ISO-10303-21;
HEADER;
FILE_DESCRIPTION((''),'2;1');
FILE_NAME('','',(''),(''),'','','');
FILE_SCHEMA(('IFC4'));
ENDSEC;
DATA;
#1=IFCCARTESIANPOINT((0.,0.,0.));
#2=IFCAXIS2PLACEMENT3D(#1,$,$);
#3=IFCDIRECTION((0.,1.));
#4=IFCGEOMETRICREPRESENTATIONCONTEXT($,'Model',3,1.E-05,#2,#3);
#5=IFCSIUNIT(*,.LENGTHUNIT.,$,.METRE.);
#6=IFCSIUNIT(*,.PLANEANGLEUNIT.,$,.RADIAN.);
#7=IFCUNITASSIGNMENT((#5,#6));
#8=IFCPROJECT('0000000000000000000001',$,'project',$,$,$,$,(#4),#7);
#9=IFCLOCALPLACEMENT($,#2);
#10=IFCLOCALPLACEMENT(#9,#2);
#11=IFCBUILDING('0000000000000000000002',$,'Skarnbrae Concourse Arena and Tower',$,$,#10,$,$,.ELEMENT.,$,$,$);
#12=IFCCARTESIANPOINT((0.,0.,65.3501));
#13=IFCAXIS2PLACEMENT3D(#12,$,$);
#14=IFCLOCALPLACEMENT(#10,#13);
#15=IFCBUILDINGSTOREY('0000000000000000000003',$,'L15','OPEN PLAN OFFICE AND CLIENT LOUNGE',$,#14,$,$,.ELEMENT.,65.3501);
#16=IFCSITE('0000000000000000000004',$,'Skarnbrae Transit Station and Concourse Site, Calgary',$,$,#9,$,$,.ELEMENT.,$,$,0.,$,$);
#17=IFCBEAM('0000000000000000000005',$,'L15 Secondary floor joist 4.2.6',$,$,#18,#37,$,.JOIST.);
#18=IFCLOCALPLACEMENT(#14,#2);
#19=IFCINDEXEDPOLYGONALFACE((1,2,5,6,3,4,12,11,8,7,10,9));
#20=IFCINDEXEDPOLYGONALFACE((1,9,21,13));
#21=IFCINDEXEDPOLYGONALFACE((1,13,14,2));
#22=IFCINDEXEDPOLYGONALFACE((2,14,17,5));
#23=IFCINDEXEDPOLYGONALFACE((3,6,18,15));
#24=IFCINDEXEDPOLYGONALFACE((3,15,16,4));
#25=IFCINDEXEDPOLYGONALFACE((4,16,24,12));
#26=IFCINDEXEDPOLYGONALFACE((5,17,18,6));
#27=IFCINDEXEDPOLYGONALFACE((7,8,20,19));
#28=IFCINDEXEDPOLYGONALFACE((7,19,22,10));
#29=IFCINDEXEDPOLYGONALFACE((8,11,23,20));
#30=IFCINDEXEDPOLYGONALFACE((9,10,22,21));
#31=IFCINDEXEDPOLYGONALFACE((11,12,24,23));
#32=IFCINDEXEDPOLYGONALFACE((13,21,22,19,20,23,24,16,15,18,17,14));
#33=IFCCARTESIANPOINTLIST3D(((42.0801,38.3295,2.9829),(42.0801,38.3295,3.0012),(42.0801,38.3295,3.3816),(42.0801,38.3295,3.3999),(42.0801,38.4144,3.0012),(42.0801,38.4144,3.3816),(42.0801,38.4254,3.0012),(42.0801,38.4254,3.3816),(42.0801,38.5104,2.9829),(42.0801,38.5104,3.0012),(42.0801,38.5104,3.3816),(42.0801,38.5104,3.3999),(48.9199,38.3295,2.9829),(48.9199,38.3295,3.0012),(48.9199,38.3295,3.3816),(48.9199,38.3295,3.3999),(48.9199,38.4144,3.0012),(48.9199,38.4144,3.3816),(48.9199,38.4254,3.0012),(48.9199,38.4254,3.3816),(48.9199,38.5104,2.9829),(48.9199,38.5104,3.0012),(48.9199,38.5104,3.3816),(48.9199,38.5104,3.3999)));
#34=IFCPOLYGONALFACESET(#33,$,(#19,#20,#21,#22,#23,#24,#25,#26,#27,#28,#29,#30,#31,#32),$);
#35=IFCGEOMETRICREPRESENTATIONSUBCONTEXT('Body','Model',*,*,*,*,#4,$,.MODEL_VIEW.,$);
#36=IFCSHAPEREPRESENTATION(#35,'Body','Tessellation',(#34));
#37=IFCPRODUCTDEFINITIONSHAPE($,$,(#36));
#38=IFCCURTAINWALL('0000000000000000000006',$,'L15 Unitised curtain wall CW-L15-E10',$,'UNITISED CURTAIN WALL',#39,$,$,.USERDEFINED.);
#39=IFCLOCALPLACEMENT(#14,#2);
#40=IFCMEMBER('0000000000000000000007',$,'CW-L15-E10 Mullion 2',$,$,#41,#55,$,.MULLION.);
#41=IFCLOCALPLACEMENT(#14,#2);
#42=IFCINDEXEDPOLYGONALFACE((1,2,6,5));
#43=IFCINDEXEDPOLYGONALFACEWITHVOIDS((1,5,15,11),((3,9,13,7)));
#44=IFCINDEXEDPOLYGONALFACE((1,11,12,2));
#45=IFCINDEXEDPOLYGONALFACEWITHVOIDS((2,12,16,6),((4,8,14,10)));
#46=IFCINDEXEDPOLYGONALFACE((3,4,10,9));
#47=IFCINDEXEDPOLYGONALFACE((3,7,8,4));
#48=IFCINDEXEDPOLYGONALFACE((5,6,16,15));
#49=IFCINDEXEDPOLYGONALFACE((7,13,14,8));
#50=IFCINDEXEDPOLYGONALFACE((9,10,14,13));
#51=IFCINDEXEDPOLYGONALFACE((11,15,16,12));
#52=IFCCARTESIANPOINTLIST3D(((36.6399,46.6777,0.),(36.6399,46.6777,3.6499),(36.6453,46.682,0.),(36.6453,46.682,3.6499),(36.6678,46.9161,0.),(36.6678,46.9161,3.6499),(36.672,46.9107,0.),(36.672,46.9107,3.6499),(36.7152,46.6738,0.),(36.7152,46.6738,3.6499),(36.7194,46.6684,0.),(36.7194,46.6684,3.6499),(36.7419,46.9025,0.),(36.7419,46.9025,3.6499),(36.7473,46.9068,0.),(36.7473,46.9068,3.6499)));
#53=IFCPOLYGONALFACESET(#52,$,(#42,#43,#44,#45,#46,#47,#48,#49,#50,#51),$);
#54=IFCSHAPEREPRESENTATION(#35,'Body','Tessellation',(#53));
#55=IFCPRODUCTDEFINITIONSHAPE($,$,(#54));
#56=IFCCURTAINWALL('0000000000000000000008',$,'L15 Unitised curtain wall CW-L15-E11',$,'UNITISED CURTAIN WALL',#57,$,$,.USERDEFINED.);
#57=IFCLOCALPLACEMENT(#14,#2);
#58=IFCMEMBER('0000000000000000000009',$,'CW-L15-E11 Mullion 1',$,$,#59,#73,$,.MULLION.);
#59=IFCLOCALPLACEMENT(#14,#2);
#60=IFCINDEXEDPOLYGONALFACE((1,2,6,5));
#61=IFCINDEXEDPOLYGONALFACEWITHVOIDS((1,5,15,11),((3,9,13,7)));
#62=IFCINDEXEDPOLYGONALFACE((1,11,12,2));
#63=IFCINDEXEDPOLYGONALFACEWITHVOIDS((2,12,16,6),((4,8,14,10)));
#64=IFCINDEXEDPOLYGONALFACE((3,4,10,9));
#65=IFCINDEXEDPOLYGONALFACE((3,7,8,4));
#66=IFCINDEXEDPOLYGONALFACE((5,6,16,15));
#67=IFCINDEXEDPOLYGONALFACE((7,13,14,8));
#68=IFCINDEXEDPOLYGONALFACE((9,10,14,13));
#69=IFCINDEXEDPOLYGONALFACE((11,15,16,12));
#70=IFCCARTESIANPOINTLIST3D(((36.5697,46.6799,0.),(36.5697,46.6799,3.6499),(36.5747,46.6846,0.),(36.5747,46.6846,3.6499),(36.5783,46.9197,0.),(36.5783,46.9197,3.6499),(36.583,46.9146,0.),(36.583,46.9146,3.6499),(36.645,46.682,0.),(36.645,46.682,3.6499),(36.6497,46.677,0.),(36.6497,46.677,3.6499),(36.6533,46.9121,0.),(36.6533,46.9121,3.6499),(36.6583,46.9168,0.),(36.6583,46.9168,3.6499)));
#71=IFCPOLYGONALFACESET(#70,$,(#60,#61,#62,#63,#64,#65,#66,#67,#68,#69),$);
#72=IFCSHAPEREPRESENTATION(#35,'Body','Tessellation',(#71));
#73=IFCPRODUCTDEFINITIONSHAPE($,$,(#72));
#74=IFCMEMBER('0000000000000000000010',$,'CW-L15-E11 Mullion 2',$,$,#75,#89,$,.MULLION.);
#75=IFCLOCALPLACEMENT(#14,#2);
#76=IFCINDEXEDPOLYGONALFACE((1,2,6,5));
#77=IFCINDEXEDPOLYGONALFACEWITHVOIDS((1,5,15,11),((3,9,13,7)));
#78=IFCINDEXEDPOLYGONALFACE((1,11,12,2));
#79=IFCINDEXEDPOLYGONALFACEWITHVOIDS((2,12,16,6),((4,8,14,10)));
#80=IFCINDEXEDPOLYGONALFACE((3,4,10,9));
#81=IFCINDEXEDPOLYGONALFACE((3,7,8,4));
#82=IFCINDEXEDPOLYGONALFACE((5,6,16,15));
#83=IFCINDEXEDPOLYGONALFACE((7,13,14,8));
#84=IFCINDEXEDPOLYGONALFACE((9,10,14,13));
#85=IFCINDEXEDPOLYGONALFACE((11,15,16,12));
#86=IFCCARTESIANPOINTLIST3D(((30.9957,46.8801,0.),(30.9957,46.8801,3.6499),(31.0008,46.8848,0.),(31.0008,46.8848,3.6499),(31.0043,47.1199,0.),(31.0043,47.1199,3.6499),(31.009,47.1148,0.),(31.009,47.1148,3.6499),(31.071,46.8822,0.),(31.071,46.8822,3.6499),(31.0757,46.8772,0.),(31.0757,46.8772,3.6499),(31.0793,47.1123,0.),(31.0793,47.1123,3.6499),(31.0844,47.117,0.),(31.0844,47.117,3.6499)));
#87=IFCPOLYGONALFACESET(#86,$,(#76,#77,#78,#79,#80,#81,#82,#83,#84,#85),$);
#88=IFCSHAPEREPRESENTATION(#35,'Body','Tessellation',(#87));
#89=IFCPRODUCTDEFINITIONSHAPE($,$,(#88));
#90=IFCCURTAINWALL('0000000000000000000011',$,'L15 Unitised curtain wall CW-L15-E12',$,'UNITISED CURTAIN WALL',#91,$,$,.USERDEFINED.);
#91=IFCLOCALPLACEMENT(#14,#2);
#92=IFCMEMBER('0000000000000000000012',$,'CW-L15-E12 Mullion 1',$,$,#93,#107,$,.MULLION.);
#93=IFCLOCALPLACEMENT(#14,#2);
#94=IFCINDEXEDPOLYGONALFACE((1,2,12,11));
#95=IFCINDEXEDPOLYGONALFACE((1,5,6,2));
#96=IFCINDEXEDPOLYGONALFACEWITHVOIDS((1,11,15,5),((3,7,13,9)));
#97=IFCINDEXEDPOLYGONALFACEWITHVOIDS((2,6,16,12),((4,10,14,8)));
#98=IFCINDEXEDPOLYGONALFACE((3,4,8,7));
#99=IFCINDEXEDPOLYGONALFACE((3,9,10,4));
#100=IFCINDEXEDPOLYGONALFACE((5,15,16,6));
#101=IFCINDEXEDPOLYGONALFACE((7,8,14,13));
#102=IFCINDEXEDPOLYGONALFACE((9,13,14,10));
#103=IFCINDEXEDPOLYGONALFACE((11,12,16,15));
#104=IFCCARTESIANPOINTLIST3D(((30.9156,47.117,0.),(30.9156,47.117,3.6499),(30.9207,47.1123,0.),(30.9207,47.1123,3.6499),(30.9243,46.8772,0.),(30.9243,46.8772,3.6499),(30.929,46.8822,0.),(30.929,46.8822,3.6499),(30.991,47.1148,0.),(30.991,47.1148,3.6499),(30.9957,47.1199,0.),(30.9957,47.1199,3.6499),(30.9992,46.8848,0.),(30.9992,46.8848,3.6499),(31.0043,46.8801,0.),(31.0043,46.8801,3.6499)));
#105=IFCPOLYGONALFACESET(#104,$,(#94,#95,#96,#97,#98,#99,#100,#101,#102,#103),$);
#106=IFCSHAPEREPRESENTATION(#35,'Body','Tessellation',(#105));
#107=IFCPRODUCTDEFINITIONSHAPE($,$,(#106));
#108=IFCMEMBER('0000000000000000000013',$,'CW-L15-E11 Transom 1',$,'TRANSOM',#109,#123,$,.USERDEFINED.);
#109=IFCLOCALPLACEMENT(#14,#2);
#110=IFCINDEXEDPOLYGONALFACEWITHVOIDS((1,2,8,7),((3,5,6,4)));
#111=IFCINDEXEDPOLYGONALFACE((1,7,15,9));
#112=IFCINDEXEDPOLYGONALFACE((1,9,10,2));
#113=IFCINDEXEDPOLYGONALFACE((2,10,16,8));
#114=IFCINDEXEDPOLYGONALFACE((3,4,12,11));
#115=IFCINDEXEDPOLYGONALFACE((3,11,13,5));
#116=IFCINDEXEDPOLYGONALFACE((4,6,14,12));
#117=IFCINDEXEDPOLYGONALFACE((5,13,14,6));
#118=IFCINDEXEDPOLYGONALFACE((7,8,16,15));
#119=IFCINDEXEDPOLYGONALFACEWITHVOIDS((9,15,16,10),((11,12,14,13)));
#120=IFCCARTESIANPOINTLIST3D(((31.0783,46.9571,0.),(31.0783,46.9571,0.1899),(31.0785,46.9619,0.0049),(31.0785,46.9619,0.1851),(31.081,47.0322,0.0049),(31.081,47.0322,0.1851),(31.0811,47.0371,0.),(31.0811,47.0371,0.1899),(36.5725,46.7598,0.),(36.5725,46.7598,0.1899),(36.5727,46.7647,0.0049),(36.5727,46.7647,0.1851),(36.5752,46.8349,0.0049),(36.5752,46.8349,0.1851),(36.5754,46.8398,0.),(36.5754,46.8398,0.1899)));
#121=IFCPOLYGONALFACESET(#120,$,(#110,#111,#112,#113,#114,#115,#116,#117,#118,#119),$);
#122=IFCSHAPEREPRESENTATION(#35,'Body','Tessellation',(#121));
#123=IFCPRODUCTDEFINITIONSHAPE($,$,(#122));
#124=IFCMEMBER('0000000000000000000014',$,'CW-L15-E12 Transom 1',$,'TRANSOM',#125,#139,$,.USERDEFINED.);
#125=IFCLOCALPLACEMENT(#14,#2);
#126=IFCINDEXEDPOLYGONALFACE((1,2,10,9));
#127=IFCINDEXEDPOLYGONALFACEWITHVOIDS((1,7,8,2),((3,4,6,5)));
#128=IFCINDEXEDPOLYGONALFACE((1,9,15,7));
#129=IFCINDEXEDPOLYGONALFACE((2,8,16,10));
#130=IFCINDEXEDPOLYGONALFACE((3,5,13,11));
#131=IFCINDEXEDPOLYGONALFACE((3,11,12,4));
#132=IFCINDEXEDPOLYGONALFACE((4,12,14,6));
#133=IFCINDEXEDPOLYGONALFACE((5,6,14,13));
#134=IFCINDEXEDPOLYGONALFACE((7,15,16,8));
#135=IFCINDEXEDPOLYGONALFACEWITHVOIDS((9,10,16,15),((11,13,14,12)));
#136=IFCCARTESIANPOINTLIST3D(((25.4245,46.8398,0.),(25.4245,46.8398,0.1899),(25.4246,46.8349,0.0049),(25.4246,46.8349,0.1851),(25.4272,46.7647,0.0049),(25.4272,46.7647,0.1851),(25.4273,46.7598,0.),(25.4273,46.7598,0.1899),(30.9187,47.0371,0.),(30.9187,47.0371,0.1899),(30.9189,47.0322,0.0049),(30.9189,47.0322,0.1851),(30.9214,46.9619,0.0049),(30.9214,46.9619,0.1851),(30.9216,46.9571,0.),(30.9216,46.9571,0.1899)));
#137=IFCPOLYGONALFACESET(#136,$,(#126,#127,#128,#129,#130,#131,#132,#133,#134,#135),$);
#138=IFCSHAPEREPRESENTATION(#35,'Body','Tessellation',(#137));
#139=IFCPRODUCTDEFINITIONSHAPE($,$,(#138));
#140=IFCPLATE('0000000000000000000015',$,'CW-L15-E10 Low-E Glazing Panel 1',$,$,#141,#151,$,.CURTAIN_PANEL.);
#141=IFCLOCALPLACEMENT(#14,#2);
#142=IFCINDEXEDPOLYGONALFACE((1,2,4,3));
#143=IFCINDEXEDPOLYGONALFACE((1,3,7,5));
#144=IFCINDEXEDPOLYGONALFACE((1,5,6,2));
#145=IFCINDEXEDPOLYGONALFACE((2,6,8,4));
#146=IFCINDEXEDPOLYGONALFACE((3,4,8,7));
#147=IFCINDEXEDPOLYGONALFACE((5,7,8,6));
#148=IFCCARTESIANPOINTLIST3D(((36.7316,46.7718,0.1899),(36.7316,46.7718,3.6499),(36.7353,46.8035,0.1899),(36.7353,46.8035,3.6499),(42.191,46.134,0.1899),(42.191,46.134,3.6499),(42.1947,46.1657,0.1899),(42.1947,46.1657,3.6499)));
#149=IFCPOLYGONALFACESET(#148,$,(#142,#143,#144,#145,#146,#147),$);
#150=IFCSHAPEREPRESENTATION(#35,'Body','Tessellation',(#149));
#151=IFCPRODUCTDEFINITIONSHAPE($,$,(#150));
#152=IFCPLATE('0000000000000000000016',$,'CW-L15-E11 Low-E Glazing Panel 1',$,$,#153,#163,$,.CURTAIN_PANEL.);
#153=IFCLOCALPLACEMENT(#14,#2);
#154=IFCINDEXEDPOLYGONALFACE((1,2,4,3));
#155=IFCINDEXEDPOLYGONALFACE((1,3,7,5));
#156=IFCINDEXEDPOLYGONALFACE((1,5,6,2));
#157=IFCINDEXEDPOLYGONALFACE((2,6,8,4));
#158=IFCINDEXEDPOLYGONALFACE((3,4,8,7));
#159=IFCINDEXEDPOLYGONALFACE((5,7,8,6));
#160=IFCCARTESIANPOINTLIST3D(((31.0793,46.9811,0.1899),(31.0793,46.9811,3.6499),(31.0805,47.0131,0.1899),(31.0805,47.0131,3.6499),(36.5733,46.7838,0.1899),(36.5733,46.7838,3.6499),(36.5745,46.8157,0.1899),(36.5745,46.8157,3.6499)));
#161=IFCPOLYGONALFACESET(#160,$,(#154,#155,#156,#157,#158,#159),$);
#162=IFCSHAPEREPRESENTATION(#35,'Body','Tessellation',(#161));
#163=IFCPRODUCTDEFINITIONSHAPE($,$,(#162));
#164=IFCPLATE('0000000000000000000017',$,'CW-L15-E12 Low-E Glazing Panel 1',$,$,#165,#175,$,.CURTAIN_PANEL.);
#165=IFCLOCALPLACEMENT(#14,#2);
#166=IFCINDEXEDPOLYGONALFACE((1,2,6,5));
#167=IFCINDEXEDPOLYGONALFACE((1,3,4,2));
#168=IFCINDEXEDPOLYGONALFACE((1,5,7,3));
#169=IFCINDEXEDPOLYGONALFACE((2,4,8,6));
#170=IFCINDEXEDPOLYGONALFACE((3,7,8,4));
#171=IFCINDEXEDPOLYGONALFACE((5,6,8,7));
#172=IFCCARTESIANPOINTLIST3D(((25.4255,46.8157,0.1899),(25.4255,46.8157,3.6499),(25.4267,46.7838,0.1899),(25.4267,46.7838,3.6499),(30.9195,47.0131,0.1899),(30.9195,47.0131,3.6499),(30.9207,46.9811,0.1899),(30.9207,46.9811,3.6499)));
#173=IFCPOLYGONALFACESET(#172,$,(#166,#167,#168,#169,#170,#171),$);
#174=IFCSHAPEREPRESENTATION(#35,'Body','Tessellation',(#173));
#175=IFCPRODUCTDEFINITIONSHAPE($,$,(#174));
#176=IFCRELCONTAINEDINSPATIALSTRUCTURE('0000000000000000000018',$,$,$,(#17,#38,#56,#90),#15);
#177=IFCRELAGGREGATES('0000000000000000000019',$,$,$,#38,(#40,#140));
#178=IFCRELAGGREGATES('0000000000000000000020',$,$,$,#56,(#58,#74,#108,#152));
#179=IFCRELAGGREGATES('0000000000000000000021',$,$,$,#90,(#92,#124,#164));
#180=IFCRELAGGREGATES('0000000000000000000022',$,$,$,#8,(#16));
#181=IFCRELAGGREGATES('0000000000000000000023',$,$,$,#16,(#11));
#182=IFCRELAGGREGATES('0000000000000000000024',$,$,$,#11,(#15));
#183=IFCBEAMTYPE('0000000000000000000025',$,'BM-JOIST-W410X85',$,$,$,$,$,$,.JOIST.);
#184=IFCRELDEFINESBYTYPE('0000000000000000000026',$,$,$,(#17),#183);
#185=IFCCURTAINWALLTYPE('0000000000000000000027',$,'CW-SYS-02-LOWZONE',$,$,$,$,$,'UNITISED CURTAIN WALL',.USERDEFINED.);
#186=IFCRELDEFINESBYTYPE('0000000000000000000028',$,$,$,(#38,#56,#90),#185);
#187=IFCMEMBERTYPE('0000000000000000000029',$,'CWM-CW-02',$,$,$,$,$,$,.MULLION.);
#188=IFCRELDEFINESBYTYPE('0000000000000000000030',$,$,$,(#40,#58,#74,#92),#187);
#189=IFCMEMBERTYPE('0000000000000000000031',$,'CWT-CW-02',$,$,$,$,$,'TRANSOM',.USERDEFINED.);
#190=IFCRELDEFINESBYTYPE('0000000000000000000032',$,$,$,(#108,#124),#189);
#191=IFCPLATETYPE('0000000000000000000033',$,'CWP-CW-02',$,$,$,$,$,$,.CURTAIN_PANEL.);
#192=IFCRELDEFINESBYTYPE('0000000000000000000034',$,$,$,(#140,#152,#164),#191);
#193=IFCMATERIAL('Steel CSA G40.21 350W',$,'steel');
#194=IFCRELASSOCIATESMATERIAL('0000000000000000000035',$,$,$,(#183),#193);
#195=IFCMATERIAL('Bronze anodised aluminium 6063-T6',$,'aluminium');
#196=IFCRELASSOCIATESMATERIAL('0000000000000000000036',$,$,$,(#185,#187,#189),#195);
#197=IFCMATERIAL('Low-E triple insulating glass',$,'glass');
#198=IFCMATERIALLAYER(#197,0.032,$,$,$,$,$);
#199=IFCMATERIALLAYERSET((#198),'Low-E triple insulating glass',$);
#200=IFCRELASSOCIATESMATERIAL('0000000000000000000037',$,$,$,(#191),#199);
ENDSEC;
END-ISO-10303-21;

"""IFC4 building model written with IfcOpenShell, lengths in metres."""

from ifc_helpers import new_model, si_unit, direction, frame, origin, origin_2d, place, context, subcontext, project, spatial, rectangle, hollow_rectangle, i_section, extrude, source, transform, mapped, material, layer, layer_set, material_profile, profile_set, type_object, element, aggregate, save


model = new_model("IFC4")

# Units and contexts
model_context = context("Model", 3, precision=1e-05, world=origin(), true_north=direction((0.0, 1.0)))
body_context = subcontext(model_context, "Body", "Model", "MODEL_VIEW")
ifc_project = project(units=[si_unit("LENGTHUNIT", "METRE"), si_unit("PLANEANGLEUNIT", "RADIAN")], contexts=[model_context])

# Site, building, storey
site_placement = place(None, origin())
site = spatial("IfcSite", under=ifc_project, at=site_placement, Name="Skarnbrae Transit Station and Concourse Site, Calgary", CompositionType="ELEMENT", RefElevation=0.0)
building_placement = place(site_placement, origin())
building = spatial("IfcBuilding", under=site, at=building_placement, Name="Skarnbrae Concourse Arena and Tower", CompositionType="ELEMENT")
storey_placement = place(building_placement, frame((0.0, 0.0, 65.3501)))
storey = spatial("IfcBuildingStorey", under=building, at=storey_placement, Name="L15", Description="OPEN PLAN OFFICE AND CLIENT LOUNGE", CompositionType="ELEMENT", Elevation=65.3501)

# Shared definitions
ifc_material_1 = material(Name="Steel CSA G40.21 350W", Category="steel")

# Beam
ifc_material_profile_1 = material_profile(ifc_material_1, i_section(OverallWidth=0.1809, OverallDepth=0.417, WebThickness=0.011, FlangeThickness=0.0183, at=origin_2d()), Name="W410X85")
ifc_profile_set_1 = profile_set([ifc_material_profile_1], Name="Steel CSA G40.21 350W")
beam_type_1 = type_object("IfcBeamType", Name="BM-JOIST-W410X85", PredefinedType="JOIST", material=ifc_profile_set_1)
shared_shape_1 = source(origin(), body_context, "Body", "SweptSolid", [
    extrude(i_section(OverallWidth=0.1809, OverallDepth=0.417, WebThickness=0.011, FlangeThickness=0.0183, at=origin_2d()), origin(), (0.0, 0.0, 1.0), 6.8398),
])
for number, where, z_axis, x_axis, name in (
    (1, (42.0801, 38.4199, 3.1914), (1.0, 0.0, 0.0), (0.0, 1.0, 0.0), "L15 Secondary floor joist 4.2.6"),
):
    element("IfcBeam", number, at=place(storey_placement, frame(where, z_axis=z_axis, x_axis=x_axis)), inside=storey, type_object=beam_type_1, Name=name, PredefinedType="JOIST", context=body_context, shape_type="MappedRepresentation", body=[
        mapped(shared_shape_1, transform((0.0, 0.0, 0.0))),
    ])

# Curtain wall, member
ifc_material_2 = material(Name="Bronze anodised aluminium 6063-T6", Category="aluminium")
curtain_wall_type = type_object("IfcCurtainWallType", Name="CW-SYS-02-LOWZONE", ElementType="UNITISED CURTAIN WALL", PredefinedType="USERDEFINED", material=ifc_material_2)
curtain_wall_1_placement = place(storey_placement, origin())
curtain_wall_1 = element("IfcCurtainWall", 2, at=curtain_wall_1_placement, inside=storey, type_object=curtain_wall_type, Name="L15 Unitised curtain wall CW-L15-E10", ObjectType="UNITISED CURTAIN WALL", PredefinedType="USERDEFINED")
ifc_material_profile_2 = material_profile(ifc_material_2, hollow_rectangle(XDim=0.0801, YDim=0.24, WallThickness=0.0049, at=origin_2d()), Name="ALU-MULL-80X240")
ifc_profile_set_2 = profile_set([ifc_material_profile_2], Name="Bronze anodised aluminium 6063-T6")
member_type_1 = type_object("IfcMemberType", Name="CWM-CW-02", PredefinedType="MULLION", material=ifc_profile_set_2)
shared_shape_2 = source(origin(), body_context, "Body", "SweptSolid", [
    extrude(hollow_rectangle(XDim=0.0801, YDim=0.24, WallThickness=0.0049, at=origin_2d()), origin(), (0.0, 0.0, 1.0), 3.6499),
])
member_1_placement = place(storey_placement, frame((36.6936, 46.7922, 0.0), z_axis=(0.0, 0.0, 1.0), x_axis=(-0.993245, 0.11604, 0.0)))
member_1 = element("IfcMember", 3, at=member_1_placement, type_object=member_type_1, Name="CW-L15-E10 Mullion 2", PredefinedType="MULLION", context=body_context, shape_type="MappedRepresentation", body=[
    mapped(shared_shape_2, transform((0.0, 0.0, 0.0))),
])

# Curtain wall, members
curtain_wall_2_placement = place(storey_placement, origin())
curtain_wall_2 = element("IfcCurtainWall", 4, at=curtain_wall_2_placement, inside=storey, type_object=curtain_wall_type, Name="L15 Unitised curtain wall CW-L15-E11", ObjectType="UNITISED CURTAIN WALL", PredefinedType="USERDEFINED")
member_2_placement = place(storey_placement, frame((36.614, 46.7983, 0.0), z_axis=(0.0, 0.0, 1.0), x_axis=(-0.999355, 0.035899, 0.0)))
member_2 = element("IfcMember", 5, at=member_2_placement, type_object=member_type_1, Name="CW-L15-E11 Mullion 1", PredefinedType="MULLION", context=body_context, shape_type="MappedRepresentation", body=[
    mapped(shared_shape_2, transform((0.0, 0.0, 0.0))),
])
member_3_placement = place(storey_placement, frame((31.04, 46.9985, 0.0), z_axis=(0.0, 0.0, 1.0), x_axis=(-0.999355, 0.035899, 0.0)))
member_3 = element("IfcMember", 6, at=member_3_placement, type_object=member_type_1, Name="CW-L15-E11 Mullion 2", PredefinedType="MULLION", context=body_context, shape_type="MappedRepresentation", body=[
    mapped(shared_shape_2, transform((0.0, 0.0, 0.0))),
])

# Curtain wall, member
curtain_wall_3_placement = place(storey_placement, origin())
curtain_wall_3 = element("IfcCurtainWall", 7, at=curtain_wall_3_placement, inside=storey, type_object=curtain_wall_type, Name="L15 Unitised curtain wall CW-L15-E12", ObjectType="UNITISED CURTAIN WALL", PredefinedType="USERDEFINED")
member_4_placement = place(storey_placement, frame((30.96, 46.9985, 0.0), z_axis=(0.0, 0.0, 1.0), x_axis=(-0.999355, -0.035899, 0.0)))
member_4 = element("IfcMember", 8, at=member_4_placement, type_object=member_type_1, Name="CW-L15-E12 Mullion 1", PredefinedType="MULLION", context=body_context, shape_type="MappedRepresentation", body=[
    mapped(shared_shape_2, transform((0.0, 0.0, 0.0))),
])

# Members
ifc_material_profile_3 = material_profile(ifc_material_2, hollow_rectangle(XDim=0.0801, YDim=0.1899, WallThickness=0.0049, at=origin_2d()), Name="ALU-TRAN-80X190")
ifc_profile_set_3 = profile_set([ifc_material_profile_3], Name="Bronze anodised aluminium 6063-T6")
member_type_2 = type_object("IfcMemberType", Name="CWT-CW-02", ElementType="TRANSOM", PredefinedType="USERDEFINED", material=ifc_profile_set_3)
shared_shape_3 = source(origin(), body_context, "Body", "SweptSolid", [
    extrude(hollow_rectangle(XDim=0.0801, YDim=0.1899, WallThickness=0.0049, at=origin_2d()), origin(), (0.0, 0.0, 1.0), 5.4978),
])
member_5_placement = place(storey_placement, frame((36.574, 46.7998, 0.095), z_axis=(-0.999356, 0.035882, 0.0), x_axis=(-0.035882, -0.999356, 0.0)))
member_5 = element("IfcMember", 9, at=member_5_placement, type_object=member_type_2, Name="CW-L15-E11 Transom 1", ObjectType="TRANSOM", PredefinedType="USERDEFINED", context=body_context, shape_type="MappedRepresentation", body=[
    mapped(shared_shape_3, transform((0.0, 0.0, 0.0))),
])
member_6_placement = place(storey_placement, frame((30.9202, 46.9971, 0.095), z_axis=(-0.999356, -0.035882, 0.0), x_axis=(0.035882, -0.999356, 0.0)))
member_6 = element("IfcMember", 10, at=member_6_placement, type_object=member_type_2, Name="CW-L15-E12 Transom 1", ObjectType="TRANSOM", PredefinedType="USERDEFINED", context=body_context, shape_type="MappedRepresentation", body=[
    mapped(shared_shape_3, transform((0.0, 0.0, 0.0))),
])

# Plates
ifc_material_3 = material(Name="Low-E triple insulating glass", Category="glass")
ifc_layer_1 = layer(ifc_material_3, 0.032)
ifc_layer_set_1 = layer_set([ifc_layer_1], Name="Low-E triple insulating glass")
plate_type = type_object("IfcPlateType", Name="CWP-CW-02", PredefinedType="CURTAIN_PANEL", material=ifc_layer_set_1)
shared_shape_4 = source(origin(), body_context, "Body", "SweptSolid", [
    extrude(rectangle(XDim=5.4966, YDim=0.032, at=origin_2d()), origin(), (0.0, 0.0, 1.0), 3.46),
])
plate_1_placement = place(storey_placement, frame((39.4631, 46.4688, 0.1899), z_axis=(0.0, 0.0, 1.0), x_axis=(-0.993245, 0.11604, 0.0)))
plate_1 = element("IfcPlate", 11, at=plate_1_placement, type_object=plate_type, Name="CW-L15-E10 Low-E Glazing Panel 1", PredefinedType="CURTAIN_PANEL", context=body_context, shape_type="MappedRepresentation", body=[
    mapped(shared_shape_4, transform((0.0, 0.0, 0.0))),
])
aggregate(curtain_wall_1, [member_1, plate_1])
shared_shape_5 = source(origin(), body_context, "Body", "SweptSolid", [
    extrude(rectangle(XDim=5.4976, YDim=0.032, at=origin_2d()), origin(), (0.0, 0.0, 1.0), 3.46),
])
plate_2_placement = place(storey_placement, frame((33.8269, 46.8984, 0.1899), z_axis=(0.0, 0.0, 1.0), x_axis=(-0.999355, 0.035899, 0.0)))
plate_2 = element("IfcPlate", 12, at=plate_2_placement, type_object=plate_type, Name="CW-L15-E11 Low-E Glazing Panel 1", PredefinedType="CURTAIN_PANEL", context=body_context, shape_type="MappedRepresentation", body=[
    mapped(shared_shape_5, transform((0.0, 0.0, 0.0))),
])
aggregate(curtain_wall_2, [member_2, member_3, member_5, plate_2])
plate_3_placement = place(storey_placement, frame((28.1731, 46.8984, 0.1899), z_axis=(0.0, 0.0, 1.0), x_axis=(-0.999355, -0.035899, 0.0)))
plate_3 = element("IfcPlate", 13, at=plate_3_placement, type_object=plate_type, Name="CW-L15-E12 Low-E Glazing Panel 1", PredefinedType="CURTAIN_PANEL", context=body_context, shape_type="MappedRepresentation", body=[
    mapped(shared_shape_5, transform((0.0, 0.0, 0.0))),
])
aggregate(curtain_wall_3, [member_4, member_6, plate_3])

save(model, "model.ifc")
